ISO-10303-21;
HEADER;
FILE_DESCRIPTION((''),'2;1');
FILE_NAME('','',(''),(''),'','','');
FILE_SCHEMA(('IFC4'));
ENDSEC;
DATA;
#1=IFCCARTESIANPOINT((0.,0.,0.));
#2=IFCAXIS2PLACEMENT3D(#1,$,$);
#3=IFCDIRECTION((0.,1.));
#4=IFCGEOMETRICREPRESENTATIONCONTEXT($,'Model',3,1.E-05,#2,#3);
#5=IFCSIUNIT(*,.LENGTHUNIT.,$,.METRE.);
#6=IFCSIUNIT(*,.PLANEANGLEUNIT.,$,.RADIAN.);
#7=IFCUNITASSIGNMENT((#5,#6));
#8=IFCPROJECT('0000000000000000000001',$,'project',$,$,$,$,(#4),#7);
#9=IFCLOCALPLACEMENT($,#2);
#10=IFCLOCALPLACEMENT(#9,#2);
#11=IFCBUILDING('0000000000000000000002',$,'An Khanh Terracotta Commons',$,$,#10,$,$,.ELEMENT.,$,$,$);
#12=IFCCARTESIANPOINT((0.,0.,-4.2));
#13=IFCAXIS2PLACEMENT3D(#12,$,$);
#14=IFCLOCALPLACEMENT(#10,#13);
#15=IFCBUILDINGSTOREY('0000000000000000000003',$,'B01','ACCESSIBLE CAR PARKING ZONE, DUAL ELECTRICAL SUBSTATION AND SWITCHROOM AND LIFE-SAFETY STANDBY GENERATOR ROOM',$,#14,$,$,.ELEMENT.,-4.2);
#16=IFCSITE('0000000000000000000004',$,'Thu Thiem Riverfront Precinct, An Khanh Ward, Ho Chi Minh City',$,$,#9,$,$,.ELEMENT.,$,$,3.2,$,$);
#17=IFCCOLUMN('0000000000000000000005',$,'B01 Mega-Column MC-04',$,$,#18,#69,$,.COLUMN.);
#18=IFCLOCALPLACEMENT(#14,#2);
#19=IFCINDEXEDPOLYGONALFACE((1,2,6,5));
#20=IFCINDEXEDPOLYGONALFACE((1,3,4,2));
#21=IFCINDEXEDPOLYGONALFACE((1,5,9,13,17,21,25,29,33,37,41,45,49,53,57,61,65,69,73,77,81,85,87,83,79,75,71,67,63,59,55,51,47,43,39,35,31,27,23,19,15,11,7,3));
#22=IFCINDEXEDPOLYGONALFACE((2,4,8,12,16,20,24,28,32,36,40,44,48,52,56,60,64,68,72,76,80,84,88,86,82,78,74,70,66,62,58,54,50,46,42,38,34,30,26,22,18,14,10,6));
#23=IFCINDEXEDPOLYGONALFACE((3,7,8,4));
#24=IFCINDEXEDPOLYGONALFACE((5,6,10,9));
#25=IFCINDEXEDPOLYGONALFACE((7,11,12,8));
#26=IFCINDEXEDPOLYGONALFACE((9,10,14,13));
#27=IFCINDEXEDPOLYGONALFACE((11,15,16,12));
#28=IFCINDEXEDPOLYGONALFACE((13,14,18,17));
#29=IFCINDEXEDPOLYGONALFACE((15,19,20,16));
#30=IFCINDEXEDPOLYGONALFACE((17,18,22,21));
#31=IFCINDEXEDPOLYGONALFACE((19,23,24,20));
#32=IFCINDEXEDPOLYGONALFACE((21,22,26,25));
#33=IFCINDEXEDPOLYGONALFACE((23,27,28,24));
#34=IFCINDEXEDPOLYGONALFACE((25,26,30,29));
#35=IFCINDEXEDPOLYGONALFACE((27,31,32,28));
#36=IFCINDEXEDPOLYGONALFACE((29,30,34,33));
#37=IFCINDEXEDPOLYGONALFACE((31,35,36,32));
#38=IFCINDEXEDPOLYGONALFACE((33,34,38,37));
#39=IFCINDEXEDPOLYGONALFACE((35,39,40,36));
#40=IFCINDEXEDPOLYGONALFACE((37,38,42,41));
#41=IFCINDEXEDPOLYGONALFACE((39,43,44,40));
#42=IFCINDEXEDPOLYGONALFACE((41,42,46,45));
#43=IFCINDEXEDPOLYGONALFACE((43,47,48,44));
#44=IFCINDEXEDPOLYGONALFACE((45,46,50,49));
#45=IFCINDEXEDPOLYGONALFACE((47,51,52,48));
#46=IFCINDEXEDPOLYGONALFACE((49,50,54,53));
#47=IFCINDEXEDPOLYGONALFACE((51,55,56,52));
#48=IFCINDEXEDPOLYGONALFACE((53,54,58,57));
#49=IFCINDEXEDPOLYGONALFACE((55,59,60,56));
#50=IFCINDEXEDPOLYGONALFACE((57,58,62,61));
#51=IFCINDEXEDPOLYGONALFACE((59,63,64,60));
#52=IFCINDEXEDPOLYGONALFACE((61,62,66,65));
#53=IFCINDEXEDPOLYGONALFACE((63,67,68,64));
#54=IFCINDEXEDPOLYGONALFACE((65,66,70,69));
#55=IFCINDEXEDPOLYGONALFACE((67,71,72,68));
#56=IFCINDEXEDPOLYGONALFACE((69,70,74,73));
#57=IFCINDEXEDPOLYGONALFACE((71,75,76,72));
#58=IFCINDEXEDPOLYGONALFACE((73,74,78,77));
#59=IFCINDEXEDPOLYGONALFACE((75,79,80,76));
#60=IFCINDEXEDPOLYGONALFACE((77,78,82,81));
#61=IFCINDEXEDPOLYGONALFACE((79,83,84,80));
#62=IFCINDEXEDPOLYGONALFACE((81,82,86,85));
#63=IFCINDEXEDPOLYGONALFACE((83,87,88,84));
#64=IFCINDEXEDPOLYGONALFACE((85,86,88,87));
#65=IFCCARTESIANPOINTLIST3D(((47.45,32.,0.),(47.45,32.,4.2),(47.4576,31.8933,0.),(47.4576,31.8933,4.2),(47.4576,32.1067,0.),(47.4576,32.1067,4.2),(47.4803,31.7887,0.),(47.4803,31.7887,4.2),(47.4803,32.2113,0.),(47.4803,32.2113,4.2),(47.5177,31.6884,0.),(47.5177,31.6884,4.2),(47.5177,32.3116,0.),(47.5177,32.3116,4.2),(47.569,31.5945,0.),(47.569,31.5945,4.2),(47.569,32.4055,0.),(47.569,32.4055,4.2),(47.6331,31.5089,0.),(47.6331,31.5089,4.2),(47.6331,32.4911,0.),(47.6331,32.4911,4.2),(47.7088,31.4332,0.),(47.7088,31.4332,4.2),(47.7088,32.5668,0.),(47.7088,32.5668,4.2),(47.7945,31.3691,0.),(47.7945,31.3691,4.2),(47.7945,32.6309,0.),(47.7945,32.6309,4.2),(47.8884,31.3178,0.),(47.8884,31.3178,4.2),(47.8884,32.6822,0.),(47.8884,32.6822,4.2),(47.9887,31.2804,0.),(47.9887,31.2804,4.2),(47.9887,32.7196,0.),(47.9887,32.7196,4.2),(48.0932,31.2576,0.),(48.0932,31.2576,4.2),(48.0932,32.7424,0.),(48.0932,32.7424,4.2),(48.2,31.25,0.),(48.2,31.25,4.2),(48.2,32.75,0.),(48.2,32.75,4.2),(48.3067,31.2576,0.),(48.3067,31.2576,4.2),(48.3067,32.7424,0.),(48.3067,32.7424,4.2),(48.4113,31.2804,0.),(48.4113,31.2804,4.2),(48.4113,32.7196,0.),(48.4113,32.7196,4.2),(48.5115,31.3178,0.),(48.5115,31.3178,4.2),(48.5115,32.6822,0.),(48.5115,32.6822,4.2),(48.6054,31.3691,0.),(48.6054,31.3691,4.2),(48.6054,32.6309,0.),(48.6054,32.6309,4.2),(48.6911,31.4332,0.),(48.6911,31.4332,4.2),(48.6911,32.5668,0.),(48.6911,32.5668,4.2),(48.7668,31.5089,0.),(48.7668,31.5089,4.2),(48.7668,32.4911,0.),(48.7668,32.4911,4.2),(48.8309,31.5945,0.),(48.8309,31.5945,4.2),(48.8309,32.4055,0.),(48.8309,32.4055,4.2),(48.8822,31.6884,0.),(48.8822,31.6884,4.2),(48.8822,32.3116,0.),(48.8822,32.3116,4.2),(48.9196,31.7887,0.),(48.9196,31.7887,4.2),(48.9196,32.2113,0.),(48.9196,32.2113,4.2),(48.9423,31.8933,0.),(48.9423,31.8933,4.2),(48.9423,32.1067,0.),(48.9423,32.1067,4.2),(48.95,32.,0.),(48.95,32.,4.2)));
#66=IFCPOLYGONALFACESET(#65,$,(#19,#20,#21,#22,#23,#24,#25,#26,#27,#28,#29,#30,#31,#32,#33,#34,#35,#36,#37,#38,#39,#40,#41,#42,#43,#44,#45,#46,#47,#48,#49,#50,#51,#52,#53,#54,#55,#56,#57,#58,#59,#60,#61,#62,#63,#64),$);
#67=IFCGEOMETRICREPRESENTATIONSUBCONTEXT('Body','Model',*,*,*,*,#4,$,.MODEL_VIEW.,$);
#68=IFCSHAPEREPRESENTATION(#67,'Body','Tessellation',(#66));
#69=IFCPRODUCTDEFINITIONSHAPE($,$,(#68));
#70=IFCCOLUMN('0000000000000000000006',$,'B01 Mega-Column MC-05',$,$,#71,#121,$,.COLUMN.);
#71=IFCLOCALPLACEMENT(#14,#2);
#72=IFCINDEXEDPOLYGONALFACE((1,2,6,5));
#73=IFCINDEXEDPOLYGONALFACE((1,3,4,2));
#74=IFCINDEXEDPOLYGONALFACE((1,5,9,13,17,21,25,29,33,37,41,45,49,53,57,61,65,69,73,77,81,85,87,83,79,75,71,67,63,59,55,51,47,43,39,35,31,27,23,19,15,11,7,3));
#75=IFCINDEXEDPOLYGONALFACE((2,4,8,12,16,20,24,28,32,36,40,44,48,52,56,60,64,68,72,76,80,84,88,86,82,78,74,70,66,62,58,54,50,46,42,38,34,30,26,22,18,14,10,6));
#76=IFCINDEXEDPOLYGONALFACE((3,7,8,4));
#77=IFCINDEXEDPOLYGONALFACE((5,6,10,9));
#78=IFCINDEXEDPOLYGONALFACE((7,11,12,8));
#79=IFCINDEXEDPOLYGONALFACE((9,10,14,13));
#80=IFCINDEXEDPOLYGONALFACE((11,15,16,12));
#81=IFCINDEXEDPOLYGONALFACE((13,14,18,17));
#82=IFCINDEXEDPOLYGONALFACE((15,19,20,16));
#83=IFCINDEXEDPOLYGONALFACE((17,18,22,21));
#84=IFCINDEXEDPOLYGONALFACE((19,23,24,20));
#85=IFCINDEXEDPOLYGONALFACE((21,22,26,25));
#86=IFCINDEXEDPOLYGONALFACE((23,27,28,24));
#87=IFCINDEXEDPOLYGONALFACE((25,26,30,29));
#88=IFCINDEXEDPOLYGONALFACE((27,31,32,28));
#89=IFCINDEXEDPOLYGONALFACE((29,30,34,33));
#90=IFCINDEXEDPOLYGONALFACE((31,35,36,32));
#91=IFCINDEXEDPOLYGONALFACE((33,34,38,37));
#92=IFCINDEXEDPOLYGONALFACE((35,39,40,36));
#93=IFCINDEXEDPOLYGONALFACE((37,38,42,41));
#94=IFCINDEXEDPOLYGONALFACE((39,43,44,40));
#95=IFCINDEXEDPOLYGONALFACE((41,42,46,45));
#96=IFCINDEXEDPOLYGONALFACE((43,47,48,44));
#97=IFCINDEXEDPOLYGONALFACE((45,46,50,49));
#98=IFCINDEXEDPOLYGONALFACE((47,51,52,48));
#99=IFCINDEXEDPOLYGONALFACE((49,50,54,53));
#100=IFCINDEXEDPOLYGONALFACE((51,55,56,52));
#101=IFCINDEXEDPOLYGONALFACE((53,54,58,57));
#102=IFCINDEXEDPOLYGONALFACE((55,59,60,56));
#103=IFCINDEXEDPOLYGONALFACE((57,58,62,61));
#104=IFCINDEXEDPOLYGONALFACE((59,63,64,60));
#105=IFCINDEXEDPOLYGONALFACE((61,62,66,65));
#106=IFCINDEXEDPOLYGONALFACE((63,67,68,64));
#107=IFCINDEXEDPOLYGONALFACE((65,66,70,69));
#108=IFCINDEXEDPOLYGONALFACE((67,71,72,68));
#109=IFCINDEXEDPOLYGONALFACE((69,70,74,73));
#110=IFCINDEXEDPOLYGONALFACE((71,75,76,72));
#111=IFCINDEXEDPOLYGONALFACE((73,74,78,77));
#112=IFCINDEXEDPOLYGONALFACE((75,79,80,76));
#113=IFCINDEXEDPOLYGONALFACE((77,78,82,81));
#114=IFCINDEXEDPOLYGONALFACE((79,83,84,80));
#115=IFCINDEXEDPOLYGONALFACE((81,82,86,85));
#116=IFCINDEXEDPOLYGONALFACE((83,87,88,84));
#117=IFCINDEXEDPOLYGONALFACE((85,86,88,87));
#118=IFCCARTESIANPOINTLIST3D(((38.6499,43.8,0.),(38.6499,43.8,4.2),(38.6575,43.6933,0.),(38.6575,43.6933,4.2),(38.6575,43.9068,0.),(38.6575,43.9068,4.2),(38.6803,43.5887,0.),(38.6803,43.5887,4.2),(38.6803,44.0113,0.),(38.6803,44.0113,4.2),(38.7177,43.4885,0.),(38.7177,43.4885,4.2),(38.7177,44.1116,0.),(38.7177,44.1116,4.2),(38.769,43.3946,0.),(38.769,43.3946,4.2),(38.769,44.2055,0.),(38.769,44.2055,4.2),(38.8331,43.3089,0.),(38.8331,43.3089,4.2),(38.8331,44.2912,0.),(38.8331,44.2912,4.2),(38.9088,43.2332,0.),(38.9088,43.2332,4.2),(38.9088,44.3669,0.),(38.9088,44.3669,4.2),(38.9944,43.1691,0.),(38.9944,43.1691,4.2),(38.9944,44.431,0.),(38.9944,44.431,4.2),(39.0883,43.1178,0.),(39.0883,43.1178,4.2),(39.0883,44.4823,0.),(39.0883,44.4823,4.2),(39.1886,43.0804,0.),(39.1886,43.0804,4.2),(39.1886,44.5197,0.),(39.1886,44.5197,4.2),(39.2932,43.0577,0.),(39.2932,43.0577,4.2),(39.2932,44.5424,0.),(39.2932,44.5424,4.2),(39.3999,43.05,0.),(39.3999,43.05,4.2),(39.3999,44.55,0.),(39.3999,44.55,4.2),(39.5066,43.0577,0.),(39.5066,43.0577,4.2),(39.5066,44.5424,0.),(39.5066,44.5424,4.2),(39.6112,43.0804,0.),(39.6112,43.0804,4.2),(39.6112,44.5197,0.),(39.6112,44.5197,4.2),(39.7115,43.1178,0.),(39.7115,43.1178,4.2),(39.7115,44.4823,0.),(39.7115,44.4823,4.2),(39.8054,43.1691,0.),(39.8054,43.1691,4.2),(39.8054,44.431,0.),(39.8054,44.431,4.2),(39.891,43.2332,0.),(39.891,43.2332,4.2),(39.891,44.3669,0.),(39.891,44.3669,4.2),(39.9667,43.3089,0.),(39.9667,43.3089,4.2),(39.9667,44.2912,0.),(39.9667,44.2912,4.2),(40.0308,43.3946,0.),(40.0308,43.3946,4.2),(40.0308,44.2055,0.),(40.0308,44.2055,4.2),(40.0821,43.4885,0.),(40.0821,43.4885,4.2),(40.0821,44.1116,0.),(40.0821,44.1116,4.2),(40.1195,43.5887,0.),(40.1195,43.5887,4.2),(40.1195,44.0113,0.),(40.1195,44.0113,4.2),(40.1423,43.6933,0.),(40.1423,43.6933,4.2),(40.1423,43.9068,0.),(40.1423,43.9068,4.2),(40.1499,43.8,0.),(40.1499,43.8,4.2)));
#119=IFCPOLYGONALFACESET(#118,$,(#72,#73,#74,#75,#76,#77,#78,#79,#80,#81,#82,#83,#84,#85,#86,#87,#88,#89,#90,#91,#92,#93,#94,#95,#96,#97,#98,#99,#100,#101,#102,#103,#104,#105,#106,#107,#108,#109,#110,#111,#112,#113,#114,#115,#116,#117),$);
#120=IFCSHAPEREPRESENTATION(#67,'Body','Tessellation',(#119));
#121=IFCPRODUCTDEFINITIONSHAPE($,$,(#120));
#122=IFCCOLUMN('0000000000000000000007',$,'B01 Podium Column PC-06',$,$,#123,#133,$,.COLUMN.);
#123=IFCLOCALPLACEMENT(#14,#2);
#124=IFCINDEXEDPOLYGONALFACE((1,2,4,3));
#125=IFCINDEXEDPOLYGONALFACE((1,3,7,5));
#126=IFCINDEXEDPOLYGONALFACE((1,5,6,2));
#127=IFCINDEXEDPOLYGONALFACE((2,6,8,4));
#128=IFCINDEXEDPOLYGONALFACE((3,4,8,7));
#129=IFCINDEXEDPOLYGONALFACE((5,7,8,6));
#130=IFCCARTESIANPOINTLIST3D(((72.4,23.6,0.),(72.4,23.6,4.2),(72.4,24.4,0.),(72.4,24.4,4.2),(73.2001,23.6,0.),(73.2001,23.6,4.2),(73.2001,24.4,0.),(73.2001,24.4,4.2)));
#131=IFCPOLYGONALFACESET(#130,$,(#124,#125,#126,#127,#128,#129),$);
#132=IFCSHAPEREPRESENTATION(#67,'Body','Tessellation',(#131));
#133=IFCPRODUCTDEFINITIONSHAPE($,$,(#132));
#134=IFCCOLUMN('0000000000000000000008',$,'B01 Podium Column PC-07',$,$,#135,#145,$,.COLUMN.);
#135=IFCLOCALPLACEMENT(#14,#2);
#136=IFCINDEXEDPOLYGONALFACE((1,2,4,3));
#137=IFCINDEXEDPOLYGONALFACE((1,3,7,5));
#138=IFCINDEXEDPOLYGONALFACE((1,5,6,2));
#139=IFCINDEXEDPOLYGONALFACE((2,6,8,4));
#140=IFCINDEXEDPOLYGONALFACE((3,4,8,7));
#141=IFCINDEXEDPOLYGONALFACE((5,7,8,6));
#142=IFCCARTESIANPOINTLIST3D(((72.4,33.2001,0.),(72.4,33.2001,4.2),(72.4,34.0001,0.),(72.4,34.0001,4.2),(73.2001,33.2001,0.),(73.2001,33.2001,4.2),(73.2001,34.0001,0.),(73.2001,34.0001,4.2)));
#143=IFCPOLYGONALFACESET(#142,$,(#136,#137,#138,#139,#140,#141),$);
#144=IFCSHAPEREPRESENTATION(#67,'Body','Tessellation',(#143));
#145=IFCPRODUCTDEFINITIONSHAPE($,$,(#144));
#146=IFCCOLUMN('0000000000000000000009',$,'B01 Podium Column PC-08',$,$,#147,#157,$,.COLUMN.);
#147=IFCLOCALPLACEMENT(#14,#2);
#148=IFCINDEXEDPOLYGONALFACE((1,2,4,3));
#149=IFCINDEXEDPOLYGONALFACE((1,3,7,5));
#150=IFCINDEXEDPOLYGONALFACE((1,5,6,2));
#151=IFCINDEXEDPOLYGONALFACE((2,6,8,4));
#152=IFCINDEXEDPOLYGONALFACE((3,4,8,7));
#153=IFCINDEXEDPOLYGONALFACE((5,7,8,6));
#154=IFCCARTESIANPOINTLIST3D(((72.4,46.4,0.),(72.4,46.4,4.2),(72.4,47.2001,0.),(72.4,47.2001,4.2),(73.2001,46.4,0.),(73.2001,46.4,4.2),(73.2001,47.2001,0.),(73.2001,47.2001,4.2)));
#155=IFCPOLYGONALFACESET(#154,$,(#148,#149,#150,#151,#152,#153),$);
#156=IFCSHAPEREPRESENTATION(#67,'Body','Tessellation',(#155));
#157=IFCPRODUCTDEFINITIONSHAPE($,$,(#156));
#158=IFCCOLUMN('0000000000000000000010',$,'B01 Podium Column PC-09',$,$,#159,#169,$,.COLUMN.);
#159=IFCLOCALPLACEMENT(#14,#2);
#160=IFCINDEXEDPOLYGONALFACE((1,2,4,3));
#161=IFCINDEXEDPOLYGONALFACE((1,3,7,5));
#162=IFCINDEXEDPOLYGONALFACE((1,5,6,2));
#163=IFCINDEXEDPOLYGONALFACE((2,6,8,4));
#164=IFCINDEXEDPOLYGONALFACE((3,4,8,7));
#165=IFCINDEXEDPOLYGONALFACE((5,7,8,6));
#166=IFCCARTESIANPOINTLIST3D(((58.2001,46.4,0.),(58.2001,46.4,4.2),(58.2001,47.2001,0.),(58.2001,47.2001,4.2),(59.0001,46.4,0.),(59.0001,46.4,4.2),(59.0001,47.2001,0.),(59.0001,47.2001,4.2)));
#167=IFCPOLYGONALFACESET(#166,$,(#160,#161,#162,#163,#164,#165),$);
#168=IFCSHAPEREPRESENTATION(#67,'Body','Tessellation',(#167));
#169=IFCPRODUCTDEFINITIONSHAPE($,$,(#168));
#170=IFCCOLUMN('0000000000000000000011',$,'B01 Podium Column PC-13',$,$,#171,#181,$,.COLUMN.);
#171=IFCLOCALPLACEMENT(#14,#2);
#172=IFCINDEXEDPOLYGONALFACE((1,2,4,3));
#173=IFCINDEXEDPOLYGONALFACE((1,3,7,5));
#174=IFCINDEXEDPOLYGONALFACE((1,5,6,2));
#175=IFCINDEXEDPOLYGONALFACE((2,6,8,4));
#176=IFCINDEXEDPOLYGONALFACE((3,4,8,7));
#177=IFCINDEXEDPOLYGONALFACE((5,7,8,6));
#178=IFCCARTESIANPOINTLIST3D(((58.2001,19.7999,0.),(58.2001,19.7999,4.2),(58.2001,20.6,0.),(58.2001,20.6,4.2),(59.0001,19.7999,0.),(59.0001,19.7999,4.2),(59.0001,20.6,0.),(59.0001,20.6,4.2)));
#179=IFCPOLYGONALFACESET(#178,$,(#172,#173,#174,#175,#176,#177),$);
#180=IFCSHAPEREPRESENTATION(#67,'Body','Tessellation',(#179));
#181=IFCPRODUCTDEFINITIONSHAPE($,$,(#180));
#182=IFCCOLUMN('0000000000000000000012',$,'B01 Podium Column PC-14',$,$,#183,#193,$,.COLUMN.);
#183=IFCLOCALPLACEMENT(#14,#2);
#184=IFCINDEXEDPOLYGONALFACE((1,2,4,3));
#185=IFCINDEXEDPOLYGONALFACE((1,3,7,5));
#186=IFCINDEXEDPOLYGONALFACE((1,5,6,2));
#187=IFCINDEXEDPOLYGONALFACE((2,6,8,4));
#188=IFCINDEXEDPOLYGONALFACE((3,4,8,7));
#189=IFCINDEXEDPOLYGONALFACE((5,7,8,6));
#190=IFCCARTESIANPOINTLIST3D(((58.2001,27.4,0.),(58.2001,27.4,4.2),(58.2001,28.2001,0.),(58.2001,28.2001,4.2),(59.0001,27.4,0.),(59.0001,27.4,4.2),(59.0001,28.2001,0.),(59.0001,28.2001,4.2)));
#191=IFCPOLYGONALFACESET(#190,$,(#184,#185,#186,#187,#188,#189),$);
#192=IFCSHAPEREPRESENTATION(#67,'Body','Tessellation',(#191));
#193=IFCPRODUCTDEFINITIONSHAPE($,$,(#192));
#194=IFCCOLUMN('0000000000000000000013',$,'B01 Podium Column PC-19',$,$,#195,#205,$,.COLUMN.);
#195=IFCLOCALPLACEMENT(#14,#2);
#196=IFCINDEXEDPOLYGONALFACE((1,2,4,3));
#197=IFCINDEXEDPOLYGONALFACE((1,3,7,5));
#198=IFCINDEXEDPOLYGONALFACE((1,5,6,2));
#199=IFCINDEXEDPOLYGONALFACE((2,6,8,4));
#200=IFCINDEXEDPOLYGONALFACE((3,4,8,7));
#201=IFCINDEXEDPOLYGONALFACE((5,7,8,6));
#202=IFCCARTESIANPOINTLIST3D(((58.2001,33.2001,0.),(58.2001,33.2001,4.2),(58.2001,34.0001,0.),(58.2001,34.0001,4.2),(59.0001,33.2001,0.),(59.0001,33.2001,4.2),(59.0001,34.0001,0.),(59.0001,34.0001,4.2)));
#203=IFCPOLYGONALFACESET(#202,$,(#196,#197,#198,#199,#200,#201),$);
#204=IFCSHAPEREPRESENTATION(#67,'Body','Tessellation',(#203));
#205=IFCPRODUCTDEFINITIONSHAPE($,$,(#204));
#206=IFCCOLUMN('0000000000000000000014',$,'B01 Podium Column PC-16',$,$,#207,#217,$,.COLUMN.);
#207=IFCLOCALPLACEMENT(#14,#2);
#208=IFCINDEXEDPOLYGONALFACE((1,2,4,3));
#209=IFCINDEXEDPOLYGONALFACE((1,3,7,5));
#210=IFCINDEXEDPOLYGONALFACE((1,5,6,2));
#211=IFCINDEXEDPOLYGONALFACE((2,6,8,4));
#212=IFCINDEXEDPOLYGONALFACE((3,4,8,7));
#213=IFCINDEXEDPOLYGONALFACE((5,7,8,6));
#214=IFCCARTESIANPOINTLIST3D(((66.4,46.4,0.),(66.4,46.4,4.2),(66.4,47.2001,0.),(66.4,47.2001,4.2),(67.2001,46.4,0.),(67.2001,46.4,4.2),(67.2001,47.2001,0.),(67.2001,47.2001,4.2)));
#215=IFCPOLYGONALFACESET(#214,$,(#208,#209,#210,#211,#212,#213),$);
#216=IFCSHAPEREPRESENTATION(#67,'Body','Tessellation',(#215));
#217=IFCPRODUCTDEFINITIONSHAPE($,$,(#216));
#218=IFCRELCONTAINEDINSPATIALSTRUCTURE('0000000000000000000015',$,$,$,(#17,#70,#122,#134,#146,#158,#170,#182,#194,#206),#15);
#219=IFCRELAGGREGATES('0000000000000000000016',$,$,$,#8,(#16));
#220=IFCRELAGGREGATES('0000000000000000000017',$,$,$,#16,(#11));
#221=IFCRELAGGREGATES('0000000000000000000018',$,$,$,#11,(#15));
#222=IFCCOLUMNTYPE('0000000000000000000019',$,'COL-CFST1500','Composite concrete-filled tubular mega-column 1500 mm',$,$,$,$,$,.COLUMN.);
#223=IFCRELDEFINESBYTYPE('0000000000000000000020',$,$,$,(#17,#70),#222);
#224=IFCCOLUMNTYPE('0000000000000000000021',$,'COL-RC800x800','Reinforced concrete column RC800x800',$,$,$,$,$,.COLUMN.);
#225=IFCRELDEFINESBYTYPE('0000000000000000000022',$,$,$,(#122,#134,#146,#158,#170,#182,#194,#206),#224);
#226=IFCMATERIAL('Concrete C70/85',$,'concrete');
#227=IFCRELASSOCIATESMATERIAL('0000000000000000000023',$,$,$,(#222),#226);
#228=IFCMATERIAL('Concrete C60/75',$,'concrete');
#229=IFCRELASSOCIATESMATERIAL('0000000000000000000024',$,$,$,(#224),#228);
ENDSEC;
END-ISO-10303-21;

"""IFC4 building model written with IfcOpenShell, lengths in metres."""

from ifc_helpers import new_model, si_unit, direction, frame, origin, origin_2d, place, context, subcontext, project, spatial, rectangle, circle, extrude, material, material_profile, profile_set, type_object, element, save


model = new_model("IFC4")

# Units and contexts
model_context = context("Model", 3, precision=1e-05, world=origin(), true_north=direction((0.0, 1.0)))
body_context = subcontext(model_context, "Body", "Model", "MODEL_VIEW")
ifc_project = project(units=[si_unit("LENGTHUNIT", "METRE"), si_unit("PLANEANGLEUNIT", "RADIAN")], contexts=[model_context])

# Site, building, storey
site_placement = place(None, origin())
site = spatial("IfcSite", under=ifc_project, at=site_placement, Name="Thu Thiem Riverfront Precinct, An Khanh Ward, Ho Chi Minh City", CompositionType="ELEMENT", RefElevation=3.2)
building_placement = place(site_placement, origin())
building = spatial("IfcBuilding", under=site, at=building_placement, Name="An Khanh Terracotta Commons", CompositionType="ELEMENT")
storey_placement = place(building_placement, frame((0.0, 0.0, -4.2)))
storey = spatial("IfcBuildingStorey", under=building, at=storey_placement, Name="B01", Description="ACCESSIBLE CAR PARKING ZONE, DUAL ELECTRICAL SUBSTATION AND SWITCHROOM AND LIFE-SAFETY STANDBY GENERATOR ROOM", CompositionType="ELEMENT", Elevation=-4.2)

# Columns
ifc_material_1 = material(Name="Concrete C70/85", Category="concrete")
ifc_material_profile_1 = material_profile(ifc_material_1, circle(Radius=0.75, at=origin_2d()), Name="CFST1500")
ifc_profile_set_1 = profile_set([ifc_material_profile_1], Name="Concrete C70/85")
column_type_1 = type_object("IfcColumnType", Name="COL-CFST1500", Description="Composite concrete-filled tubular mega-column 1500 mm", PredefinedType="COLUMN", material=ifc_profile_set_1)
for number, where, z_axis, x_axis, name in (
    (1, (48.2, 32.0, 0.0), (0.0, 0.0, 1.0), (1.0, 0.0, 0.0), "B01 Mega-Column MC-04"),
    (2, (39.3999, 43.8, 0.0), (0.0, 0.0, 1.0), (1.0, 0.0, 0.0), "B01 Mega-Column MC-05"),
):
    element("IfcColumn", number, at=place(storey_placement, frame(where, z_axis=z_axis, x_axis=x_axis)), inside=storey, type_object=column_type_1, Name=name, PredefinedType="COLUMN", context=body_context, shape_type="SweptSolid", body=[
        extrude(circle(Radius=0.75, at=origin_2d()), origin(), (0.0, 0.0, 1.0), 4.2),
    ])
ifc_material_2 = material(Name="Concrete C60/75", Category="concrete")
ifc_material_profile_2 = material_profile(ifc_material_2, rectangle(XDim=0.8, YDim=0.8, at=origin_2d()), Name="RC800x800")
ifc_profile_set_2 = profile_set([ifc_material_profile_2], Name="Concrete C60/75")
column_type_2 = type_object("IfcColumnType", Name="COL-RC800x800", Description="Reinforced concrete column RC800x800", PredefinedType="COLUMN", material=ifc_profile_set_2)
for number, where, z_axis, x_axis, name in (
    (3, (72.8, 24.0, 0.0), (0.0, 0.0, 1.0), (1.0, 0.0, 0.0), "B01 Podium Column PC-06"),
    (4, (72.8, 33.6001, 0.0), (0.0, 0.0, 1.0), (1.0, 0.0, 0.0), "B01 Podium Column PC-07"),
    (5, (72.8, 46.8, 0.0), (0.0, 0.0, 1.0), (1.0, 0.0, 0.0), "B01 Podium Column PC-08"),
    (6, (58.6001, 46.8, 0.0), (0.0, 0.0, 1.0), (1.0, 0.0, 0.0), "B01 Podium Column PC-09"),
    (7, (58.6001, 20.2, 0.0), (0.0, 0.0, 1.0), (1.0, 0.0, 0.0), "B01 Podium Column PC-13"),
    (8, (58.6001, 27.8, 0.0), (0.0, 0.0, 1.0), (1.0, 0.0, 0.0), "B01 Podium Column PC-14"),
    (9, (58.6001, 33.6001, 0.0), (0.0, 0.0, 1.0), (1.0, 0.0, 0.0), "B01 Podium Column PC-19"),
    (10, (66.8, 46.8, 0.0), (0.0, 0.0, 1.0), (1.0, 0.0, 0.0), "B01 Podium Column PC-16"),
):
    element("IfcColumn", number, at=place(storey_placement, frame(where, z_axis=z_axis, x_axis=x_axis)), inside=storey, type_object=column_type_2, Name=name, PredefinedType="COLUMN", context=body_context, shape_type="SweptSolid", body=[
        extrude(rectangle(XDim=0.8, YDim=0.8, at=origin_2d()), origin(), (0.0, 0.0, 1.0), 4.2),
    ])

save(model, "model.ifc")
